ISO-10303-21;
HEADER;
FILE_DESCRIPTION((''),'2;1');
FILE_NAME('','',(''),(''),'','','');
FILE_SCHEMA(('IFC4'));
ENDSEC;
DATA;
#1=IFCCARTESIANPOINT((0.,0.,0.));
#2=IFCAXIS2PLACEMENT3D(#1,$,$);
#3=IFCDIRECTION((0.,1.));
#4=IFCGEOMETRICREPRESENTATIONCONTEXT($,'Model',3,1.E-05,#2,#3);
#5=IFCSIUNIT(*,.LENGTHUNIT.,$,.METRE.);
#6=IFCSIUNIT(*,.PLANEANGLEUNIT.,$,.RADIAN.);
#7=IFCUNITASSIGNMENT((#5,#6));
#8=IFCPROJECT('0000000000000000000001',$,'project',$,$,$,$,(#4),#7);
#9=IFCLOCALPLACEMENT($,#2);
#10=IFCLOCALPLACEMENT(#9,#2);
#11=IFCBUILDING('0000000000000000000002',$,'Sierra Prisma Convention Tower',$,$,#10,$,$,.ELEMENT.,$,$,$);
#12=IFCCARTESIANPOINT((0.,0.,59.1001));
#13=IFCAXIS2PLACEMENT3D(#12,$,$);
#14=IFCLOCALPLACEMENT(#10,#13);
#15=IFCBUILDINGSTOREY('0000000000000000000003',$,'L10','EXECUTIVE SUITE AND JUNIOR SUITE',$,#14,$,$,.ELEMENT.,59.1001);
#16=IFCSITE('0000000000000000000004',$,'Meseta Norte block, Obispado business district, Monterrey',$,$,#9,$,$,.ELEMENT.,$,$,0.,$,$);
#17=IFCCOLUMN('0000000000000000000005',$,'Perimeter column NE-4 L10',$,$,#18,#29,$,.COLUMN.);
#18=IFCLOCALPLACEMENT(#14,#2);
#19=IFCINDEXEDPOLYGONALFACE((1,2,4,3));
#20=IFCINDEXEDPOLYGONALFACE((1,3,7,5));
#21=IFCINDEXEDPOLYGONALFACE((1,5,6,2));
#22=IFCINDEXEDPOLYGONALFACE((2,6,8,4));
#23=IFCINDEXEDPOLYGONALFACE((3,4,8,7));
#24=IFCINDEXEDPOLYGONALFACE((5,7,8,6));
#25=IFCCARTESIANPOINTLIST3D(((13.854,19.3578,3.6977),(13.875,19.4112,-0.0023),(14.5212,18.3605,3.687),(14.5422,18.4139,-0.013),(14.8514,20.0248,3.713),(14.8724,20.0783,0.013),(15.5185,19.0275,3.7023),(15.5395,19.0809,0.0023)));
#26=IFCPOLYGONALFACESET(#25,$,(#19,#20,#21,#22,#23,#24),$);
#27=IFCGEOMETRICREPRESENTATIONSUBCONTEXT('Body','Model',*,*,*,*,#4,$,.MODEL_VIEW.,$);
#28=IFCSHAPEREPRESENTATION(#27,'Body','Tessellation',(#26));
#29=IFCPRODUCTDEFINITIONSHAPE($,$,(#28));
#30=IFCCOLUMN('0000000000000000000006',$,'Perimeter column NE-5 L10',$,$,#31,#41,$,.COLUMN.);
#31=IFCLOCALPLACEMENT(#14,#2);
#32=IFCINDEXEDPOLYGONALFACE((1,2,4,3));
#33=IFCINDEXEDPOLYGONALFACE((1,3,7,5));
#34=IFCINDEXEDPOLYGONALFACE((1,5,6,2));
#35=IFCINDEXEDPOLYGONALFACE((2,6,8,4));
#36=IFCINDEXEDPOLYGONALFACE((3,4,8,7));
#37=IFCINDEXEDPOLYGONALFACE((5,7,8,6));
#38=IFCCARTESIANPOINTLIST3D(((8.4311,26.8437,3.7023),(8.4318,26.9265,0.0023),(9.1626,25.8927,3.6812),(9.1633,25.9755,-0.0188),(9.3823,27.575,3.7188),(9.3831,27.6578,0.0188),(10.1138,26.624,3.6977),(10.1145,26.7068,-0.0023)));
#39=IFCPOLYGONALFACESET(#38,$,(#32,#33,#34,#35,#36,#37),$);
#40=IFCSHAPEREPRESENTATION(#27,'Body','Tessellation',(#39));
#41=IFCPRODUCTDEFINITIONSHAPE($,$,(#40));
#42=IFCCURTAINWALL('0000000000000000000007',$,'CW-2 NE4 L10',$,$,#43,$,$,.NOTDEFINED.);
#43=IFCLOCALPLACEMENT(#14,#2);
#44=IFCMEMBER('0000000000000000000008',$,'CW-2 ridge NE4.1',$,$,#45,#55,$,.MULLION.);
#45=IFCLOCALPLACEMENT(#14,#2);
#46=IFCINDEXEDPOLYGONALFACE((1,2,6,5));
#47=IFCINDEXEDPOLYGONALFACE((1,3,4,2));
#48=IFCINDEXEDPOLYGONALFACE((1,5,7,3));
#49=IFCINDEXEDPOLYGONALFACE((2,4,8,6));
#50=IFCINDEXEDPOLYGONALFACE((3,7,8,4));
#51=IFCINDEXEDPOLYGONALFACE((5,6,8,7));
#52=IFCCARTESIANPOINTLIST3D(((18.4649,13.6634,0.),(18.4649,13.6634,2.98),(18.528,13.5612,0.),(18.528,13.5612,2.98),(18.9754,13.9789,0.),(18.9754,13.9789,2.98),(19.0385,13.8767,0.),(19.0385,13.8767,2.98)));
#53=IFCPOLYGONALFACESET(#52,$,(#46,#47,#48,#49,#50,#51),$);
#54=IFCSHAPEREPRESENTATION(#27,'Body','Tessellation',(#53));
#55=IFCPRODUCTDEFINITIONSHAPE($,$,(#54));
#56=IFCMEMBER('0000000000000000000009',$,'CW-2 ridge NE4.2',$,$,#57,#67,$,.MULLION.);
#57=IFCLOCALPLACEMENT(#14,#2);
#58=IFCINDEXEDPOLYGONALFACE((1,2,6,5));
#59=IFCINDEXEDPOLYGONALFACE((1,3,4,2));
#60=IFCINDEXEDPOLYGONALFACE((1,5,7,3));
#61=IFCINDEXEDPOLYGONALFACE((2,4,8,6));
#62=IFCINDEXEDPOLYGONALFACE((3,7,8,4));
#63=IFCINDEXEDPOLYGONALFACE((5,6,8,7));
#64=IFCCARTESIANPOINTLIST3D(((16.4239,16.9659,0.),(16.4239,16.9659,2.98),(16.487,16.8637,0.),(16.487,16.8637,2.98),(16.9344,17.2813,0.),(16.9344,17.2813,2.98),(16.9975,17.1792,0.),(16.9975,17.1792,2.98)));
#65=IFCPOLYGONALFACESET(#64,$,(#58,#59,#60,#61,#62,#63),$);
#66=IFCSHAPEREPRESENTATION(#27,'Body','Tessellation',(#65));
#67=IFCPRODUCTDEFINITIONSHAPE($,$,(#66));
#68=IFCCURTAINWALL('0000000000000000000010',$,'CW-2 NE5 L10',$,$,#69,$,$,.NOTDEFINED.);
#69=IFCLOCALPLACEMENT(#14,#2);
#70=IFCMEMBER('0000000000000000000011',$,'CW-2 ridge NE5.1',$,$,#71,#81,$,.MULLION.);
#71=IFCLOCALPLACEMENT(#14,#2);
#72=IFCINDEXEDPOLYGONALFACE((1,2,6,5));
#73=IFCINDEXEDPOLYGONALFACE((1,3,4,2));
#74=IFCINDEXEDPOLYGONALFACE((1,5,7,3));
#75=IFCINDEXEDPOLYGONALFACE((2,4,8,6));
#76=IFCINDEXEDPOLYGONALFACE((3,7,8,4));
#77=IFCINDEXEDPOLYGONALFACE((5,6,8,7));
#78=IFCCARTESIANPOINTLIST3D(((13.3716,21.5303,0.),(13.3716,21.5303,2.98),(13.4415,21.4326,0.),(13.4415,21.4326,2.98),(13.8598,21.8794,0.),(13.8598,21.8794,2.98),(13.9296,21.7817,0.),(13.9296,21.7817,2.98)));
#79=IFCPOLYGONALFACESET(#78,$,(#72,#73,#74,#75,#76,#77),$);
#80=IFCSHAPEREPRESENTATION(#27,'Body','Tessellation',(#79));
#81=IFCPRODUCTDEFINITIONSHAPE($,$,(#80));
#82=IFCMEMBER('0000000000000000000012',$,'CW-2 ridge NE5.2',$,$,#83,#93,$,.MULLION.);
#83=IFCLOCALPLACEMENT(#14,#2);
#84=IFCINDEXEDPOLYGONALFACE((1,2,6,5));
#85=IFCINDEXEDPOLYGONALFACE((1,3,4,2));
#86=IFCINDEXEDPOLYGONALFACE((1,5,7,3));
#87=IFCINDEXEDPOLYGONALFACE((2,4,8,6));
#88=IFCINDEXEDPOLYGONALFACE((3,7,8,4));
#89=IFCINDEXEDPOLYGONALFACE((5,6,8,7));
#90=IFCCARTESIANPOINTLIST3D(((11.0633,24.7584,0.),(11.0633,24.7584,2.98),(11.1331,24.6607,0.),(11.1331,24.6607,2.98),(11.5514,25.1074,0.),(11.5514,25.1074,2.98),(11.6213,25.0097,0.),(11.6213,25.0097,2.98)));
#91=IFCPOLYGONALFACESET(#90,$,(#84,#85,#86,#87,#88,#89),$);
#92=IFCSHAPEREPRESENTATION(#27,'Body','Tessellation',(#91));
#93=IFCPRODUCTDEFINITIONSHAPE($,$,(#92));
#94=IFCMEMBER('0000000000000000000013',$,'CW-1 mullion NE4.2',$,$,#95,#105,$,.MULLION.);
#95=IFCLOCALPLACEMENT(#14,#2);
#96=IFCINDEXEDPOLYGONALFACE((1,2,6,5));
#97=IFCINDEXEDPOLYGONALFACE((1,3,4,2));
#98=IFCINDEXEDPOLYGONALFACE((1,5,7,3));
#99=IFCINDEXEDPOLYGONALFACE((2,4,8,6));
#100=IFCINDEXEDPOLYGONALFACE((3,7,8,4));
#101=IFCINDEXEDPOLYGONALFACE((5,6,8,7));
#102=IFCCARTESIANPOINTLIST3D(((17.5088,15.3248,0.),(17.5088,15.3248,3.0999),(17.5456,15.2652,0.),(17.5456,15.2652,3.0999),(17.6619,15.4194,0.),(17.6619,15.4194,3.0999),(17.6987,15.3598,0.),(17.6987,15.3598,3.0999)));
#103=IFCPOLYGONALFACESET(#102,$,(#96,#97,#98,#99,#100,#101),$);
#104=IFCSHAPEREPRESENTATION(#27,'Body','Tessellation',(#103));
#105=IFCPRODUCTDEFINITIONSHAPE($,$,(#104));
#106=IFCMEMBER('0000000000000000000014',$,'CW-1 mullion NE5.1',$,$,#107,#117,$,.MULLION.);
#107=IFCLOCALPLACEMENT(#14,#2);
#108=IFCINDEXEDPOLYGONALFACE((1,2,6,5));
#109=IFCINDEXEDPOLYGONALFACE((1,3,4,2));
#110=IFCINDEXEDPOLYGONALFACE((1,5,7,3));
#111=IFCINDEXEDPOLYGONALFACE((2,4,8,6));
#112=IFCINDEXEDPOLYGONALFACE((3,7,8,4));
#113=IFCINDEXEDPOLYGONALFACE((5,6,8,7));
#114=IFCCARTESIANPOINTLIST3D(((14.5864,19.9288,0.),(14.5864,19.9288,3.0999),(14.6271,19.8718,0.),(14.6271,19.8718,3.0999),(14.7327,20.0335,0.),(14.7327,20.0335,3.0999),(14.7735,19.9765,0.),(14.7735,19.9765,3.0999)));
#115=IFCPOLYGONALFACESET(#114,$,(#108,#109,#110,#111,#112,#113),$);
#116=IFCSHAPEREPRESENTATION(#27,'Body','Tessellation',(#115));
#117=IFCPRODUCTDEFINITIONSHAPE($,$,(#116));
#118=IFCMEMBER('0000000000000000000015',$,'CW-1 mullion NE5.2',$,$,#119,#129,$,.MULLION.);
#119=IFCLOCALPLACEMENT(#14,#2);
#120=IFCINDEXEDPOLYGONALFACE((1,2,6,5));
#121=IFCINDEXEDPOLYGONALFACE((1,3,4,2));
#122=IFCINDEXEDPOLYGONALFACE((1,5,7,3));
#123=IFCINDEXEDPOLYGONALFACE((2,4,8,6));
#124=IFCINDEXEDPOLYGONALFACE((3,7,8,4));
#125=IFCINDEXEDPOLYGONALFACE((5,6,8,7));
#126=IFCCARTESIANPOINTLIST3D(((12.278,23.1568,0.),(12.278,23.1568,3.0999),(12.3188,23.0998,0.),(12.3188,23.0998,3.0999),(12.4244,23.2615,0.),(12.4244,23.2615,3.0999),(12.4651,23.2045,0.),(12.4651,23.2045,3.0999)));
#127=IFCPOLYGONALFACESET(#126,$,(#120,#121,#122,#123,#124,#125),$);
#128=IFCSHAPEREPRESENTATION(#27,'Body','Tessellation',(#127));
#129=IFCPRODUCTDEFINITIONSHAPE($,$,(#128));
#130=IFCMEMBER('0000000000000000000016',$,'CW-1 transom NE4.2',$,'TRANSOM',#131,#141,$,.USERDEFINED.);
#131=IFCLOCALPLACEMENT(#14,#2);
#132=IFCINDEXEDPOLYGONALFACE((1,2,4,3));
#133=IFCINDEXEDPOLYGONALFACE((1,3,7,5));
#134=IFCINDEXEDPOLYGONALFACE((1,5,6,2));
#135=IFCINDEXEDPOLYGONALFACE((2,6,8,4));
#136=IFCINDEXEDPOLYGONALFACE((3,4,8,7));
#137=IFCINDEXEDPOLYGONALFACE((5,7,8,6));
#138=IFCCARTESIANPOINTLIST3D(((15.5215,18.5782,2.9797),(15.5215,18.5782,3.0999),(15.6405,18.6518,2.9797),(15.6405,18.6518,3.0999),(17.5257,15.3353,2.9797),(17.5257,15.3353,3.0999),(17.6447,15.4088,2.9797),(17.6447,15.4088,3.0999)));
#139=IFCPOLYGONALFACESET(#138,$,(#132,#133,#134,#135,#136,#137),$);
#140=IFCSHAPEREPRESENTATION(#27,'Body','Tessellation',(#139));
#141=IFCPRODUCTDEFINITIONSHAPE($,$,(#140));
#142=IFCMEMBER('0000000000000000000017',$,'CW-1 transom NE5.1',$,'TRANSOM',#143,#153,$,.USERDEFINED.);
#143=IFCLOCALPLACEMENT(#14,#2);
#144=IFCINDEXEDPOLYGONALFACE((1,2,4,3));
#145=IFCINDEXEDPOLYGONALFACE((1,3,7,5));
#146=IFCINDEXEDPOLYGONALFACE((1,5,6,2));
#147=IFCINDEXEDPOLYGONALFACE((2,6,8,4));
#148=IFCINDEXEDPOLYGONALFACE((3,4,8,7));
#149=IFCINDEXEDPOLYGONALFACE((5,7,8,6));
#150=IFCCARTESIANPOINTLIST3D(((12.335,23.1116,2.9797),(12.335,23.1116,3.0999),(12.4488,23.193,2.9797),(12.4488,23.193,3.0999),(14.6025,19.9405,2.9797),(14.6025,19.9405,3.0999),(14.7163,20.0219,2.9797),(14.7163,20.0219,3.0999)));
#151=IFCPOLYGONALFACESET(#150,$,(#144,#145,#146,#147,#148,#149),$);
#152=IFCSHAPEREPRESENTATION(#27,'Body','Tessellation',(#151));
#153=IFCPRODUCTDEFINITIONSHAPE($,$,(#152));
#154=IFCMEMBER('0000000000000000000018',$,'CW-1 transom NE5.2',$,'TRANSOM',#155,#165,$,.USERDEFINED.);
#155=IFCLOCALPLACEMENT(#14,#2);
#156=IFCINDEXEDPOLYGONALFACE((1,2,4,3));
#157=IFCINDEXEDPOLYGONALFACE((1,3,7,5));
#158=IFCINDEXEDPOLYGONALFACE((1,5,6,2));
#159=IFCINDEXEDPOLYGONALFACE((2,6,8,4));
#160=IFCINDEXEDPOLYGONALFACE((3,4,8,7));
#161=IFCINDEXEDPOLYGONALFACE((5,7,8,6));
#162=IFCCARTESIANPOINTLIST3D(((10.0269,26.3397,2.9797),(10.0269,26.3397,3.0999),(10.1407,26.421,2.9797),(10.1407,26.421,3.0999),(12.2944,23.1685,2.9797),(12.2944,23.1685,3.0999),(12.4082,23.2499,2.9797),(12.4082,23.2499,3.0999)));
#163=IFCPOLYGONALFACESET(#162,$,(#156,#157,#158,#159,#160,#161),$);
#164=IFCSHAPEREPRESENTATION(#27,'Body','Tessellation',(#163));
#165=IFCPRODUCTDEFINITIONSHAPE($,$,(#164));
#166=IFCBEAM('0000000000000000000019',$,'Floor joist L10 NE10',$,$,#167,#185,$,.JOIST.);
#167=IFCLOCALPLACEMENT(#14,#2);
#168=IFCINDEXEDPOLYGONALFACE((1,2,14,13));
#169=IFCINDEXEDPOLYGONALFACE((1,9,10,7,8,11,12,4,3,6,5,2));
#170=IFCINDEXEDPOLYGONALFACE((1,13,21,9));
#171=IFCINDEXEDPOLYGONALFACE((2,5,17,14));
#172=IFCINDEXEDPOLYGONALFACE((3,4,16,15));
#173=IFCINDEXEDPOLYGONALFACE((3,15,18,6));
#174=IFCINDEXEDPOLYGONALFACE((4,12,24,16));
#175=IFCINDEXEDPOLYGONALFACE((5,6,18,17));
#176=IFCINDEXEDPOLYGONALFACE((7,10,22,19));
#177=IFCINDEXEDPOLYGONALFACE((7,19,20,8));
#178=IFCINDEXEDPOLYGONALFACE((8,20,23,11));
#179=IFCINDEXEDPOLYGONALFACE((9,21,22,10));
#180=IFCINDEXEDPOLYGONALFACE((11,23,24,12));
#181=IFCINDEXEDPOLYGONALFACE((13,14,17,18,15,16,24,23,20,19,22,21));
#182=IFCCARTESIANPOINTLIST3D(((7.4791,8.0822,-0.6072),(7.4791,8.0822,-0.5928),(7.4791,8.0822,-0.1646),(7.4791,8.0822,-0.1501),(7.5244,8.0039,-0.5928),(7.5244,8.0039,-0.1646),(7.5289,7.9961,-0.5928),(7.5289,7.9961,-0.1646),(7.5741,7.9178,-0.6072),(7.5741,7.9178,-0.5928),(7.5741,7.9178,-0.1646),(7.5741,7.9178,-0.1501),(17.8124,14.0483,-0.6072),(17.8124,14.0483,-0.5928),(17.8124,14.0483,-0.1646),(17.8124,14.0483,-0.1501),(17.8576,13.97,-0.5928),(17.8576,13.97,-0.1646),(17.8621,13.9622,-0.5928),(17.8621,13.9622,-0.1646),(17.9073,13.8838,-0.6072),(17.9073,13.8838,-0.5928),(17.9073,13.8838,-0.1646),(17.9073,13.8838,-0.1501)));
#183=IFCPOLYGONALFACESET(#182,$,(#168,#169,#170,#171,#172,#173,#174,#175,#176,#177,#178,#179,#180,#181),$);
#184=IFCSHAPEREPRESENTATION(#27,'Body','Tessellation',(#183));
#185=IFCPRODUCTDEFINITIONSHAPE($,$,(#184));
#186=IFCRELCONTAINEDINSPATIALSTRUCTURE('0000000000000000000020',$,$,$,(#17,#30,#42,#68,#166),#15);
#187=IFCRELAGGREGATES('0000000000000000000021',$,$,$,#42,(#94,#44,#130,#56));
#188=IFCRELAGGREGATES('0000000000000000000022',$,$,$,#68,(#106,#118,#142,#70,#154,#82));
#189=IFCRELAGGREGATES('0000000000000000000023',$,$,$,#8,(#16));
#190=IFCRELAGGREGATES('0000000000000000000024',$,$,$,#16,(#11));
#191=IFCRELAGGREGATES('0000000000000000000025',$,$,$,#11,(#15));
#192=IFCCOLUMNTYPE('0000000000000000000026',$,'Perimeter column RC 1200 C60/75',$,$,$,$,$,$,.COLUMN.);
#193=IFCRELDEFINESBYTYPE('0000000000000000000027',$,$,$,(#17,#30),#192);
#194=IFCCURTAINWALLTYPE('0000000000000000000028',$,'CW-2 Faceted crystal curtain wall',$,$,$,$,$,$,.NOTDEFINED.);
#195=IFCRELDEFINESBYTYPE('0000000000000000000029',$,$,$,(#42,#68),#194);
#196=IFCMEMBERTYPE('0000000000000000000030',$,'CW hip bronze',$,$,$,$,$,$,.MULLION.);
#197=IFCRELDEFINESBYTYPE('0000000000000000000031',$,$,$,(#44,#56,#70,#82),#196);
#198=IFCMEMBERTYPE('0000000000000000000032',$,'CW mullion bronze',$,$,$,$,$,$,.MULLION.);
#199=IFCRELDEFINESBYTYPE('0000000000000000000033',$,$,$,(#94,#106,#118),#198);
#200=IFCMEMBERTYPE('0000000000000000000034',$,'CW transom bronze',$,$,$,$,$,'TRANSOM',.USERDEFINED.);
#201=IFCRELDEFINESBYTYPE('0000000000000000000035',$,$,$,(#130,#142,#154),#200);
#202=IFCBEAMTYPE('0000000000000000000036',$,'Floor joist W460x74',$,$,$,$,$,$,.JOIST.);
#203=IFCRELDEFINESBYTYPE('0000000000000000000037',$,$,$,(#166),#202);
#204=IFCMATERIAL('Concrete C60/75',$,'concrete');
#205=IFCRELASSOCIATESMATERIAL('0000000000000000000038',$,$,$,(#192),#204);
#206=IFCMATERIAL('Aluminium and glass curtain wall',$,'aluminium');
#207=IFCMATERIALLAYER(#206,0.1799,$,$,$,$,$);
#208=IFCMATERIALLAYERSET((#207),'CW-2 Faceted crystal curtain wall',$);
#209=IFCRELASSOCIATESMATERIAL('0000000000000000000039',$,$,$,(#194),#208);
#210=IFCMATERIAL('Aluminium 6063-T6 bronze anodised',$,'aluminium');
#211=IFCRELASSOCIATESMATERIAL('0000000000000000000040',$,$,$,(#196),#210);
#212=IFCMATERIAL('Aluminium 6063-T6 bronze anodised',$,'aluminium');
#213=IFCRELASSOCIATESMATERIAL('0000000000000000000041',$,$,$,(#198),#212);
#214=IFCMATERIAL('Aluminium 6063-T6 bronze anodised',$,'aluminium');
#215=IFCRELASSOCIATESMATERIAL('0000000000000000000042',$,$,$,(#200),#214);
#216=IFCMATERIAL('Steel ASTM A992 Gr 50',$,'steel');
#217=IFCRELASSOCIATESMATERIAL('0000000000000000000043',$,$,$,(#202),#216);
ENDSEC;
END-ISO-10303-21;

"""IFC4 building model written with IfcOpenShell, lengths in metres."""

from ifc_helpers import new_model, si_unit, direction, frame, origin, origin_2d, place, context, subcontext, project, spatial, rectangle, i_section, extrude, material, layer, layer_set, material_profile, profile_set, type_object, element, aggregate, save


model = new_model("IFC4")

# Units and contexts
model_context = context("Model", 3, precision=1e-05, world=origin(), true_north=direction((0.0, 1.0)))
body_context = subcontext(model_context, "Body", "Model", "MODEL_VIEW")
ifc_project = project(units=[si_unit("LENGTHUNIT", "METRE"), si_unit("PLANEANGLEUNIT", "RADIAN")], contexts=[model_context])

# Site, building, storey
site_placement = place(None, origin())
site = spatial("IfcSite", under=ifc_project, at=site_placement, Name="Meseta Norte block, Obispado business district, Monterrey", CompositionType="ELEMENT", RefElevation=0.0)
building_placement = place(site_placement, origin())
building = spatial("IfcBuilding", under=site, at=building_placement, Name="Sierra Prisma Convention Tower", CompositionType="ELEMENT")
storey_placement = place(building_placement, frame((0.0, 0.0, 59.1001)))
storey = spatial("IfcBuildingStorey", under=building, at=storey_placement, Name="L10", Description="EXECUTIVE SUITE AND JUNIOR SUITE", CompositionType="ELEMENT", Elevation=59.1001)

# Columns
ifc_material_1 = material(Name="Concrete C60/75", Category="concrete")
ifc_material_profile_1 = material_profile(ifc_material_1, rectangle(XDim=1.2, YDim=1.2, at=origin_2d()), Name="Perimeter column RC 1200 C60/75")
ifc_profile_set_1 = profile_set([ifc_material_profile_1], Name="Concrete C60/75")
column_type = type_object("IfcColumnType", Name="Perimeter column RC 1200 C60/75", PredefinedType="COLUMN", material=ifc_profile_set_1)
column_1_placement = place(storey_placement, frame((14.7073, 19.2461, 0.0), z_axis=(-0.005674, -0.014449, 0.99988), x_axis=(-0.555995, 0.831138, 0.008855)))
element("IfcColumn", 1, at=column_1_placement, inside=storey, type_object=column_type, Name="Perimeter column NE-4 L10", PredefinedType="COLUMN", context=body_context, shape_type="SweptSolid", body=[
    extrude(rectangle(XDim=1.2, YDim=1.2, at=origin_2d()), origin(), (0.0, 0.0, 1.0), 3.7004),
])
column_2_placement = place(storey_placement, frame((9.2732, 26.8167, 0.0), z_axis=(-0.000198, -0.022363, 0.99975), x_axis=(-0.60959, 0.792521, 0.017607)))
element("IfcColumn", 2, at=column_2_placement, inside=storey, type_object=column_type, Name="Perimeter column NE-5 L10", PredefinedType="COLUMN", context=body_context, shape_type="SweptSolid", body=[
    extrude(rectangle(XDim=1.2, YDim=1.2, at=origin_2d()), origin(), (0.0, 0.0, 1.0), 3.7009),
])

# Curtain walls, members
ifc_material_2 = material(Name="Aluminium and glass curtain wall", Category="aluminium")
ifc_layer_1 = layer(ifc_material_2, 0.1799)
ifc_layer_set_1 = layer_set([ifc_layer_1], Name="CW-2 Faceted crystal curtain wall")
curtain_wall_type = type_object("IfcCurtainWallType", Name="CW-2 Faceted crystal curtain wall", PredefinedType="NOTDEFINED", material=ifc_layer_set_1)
curtain_wall_1_placement = place(storey_placement, origin())
curtain_wall_1 = element("IfcCurtainWall", 3, at=curtain_wall_1_placement, inside=storey, type_object=curtain_wall_type, Name="CW-2 NE4 L10", PredefinedType="NOTDEFINED")
ifc_material_3 = material(Name="Aluminium 6063-T6 bronze anodised", Category="aluminium")
ifc_material_profile_2 = material_profile(ifc_material_3, rectangle(XDim=0.1201, YDim=0.6001, at=origin_2d()), Name="ALU RIDGE BLADE 120x600")
ifc_profile_set_2 = profile_set([ifc_material_profile_2], Name="Aluminium 6063-T6 bronze anodised")
member_type_1 = type_object("IfcMemberType", Name="CW hip bronze", PredefinedType="MULLION", material=ifc_profile_set_2)
member_1_placement = place(storey_placement, frame((18.7517, 13.77, 0.0), z_axis=(0.0, 0.0, 1.0), x_axis=(-0.525734, 0.850649, 0.0)))
member_1 = element("IfcMember", 4, at=member_1_placement, type_object=member_type_1, Name="CW-2 ridge NE4.1", PredefinedType="MULLION", context=body_context, shape_type="SweptSolid", body=[
    extrude(rectangle(XDim=0.1201, YDim=0.6001, at=origin_2d()), origin(), (0.0, 0.0, 1.0), 2.98),
])
member_2_placement = place(storey_placement, frame((16.7107, 17.0725, 0.0), z_axis=(0.0, 0.0, 1.0), x_axis=(-0.525734, 0.850649, 0.0)))
member_2 = element("IfcMember", 5, at=member_2_placement, type_object=member_type_1, Name="CW-2 ridge NE4.2", PredefinedType="MULLION", context=body_context, shape_type="SweptSolid", body=[
    extrude(rectangle(XDim=0.1201, YDim=0.6001, at=origin_2d()), origin(), (0.0, 0.0, 1.0), 2.98),
])
curtain_wall_2_placement = place(storey_placement, origin())
curtain_wall_2 = element("IfcCurtainWall", 6, at=curtain_wall_2_placement, inside=storey, type_object=curtain_wall_type, Name="CW-2 NE5 L10", PredefinedType="NOTDEFINED")
member_3_placement = place(storey_placement, frame((13.6506, 21.656, 0.0), z_axis=(0.0, 0.0, 1.0), x_axis=(-0.581648, 0.813441, 0.0)))
member_3 = element("IfcMember", 7, at=member_3_placement, type_object=member_type_1, Name="CW-2 ridge NE5.1", PredefinedType="MULLION", context=body_context, shape_type="SweptSolid", body=[
    extrude(rectangle(XDim=0.1201, YDim=0.6001, at=origin_2d()), origin(), (0.0, 0.0, 1.0), 2.98),
])
member_4_placement = place(storey_placement, frame((11.3423, 24.884, 0.0), z_axis=(0.0, 0.0, 1.0), x_axis=(-0.581648, 0.813441, 0.0)))
member_4 = element("IfcMember", 8, at=member_4_placement, type_object=member_type_1, Name="CW-2 ridge NE5.2", PredefinedType="MULLION", context=body_context, shape_type="SweptSolid", body=[
    extrude(rectangle(XDim=0.1201, YDim=0.6001, at=origin_2d()), origin(), (0.0, 0.0, 1.0), 2.98),
])

# Members
ifc_material_4 = material(Name="Aluminium 6063-T6 bronze anodised", Category="aluminium")
ifc_material_profile_3 = material_profile(ifc_material_4, rectangle(XDim=0.1799, YDim=0.0701, at=origin_2d()), Name="ALU MULLION 70x180")
ifc_profile_set_3 = profile_set([ifc_material_profile_3], Name="Aluminium 6063-T6 bronze anodised")
member_type_2 = type_object("IfcMemberType", Name="CW mullion bronze", PredefinedType="MULLION", material=ifc_profile_set_3)
member_5_placement = place(storey_placement, frame((17.6038, 15.3423, 0.0), z_axis=(0.0, 0.0, 1.0), x_axis=(-0.850649, -0.525734, 0.0)))
member_5 = element("IfcMember", 9, at=member_5_placement, type_object=member_type_2, Name="CW-1 mullion NE4.2", PredefinedType="MULLION", context=body_context, shape_type="SweptSolid", body=[
    extrude(rectangle(XDim=0.1799, YDim=0.0701, at=origin_2d()), origin(), (0.0, 0.0, 1.0), 3.0999),
])
member_6_placement = place(storey_placement, frame((14.6799, 19.9526, 0.0), z_axis=(0.0, 0.0, 1.0), x_axis=(-0.813441, -0.581648, 0.0)))
member_6 = element("IfcMember", 10, at=member_6_placement, type_object=member_type_2, Name="CW-1 mullion NE5.1", PredefinedType="MULLION", context=body_context, shape_type="SweptSolid", body=[
    extrude(rectangle(XDim=0.1799, YDim=0.0701, at=origin_2d()), origin(), (0.0, 0.0, 1.0), 3.0999),
])
member_7_placement = place(storey_placement, frame((12.3716, 23.1807, 0.0), z_axis=(0.0, 0.0, 1.0), x_axis=(-0.813441, -0.581648, 0.0)))
member_7 = element("IfcMember", 11, at=member_7_placement, type_object=member_type_2, Name="CW-1 mullion NE5.2", PredefinedType="MULLION", context=body_context, shape_type="SweptSolid", body=[
    extrude(rectangle(XDim=0.1799, YDim=0.0701, at=origin_2d()), origin(), (0.0, 0.0, 1.0), 3.0999),
])
ifc_material_5 = material(Name="Aluminium 6063-T6 bronze anodised", Category="aluminium")
ifc_material_profile_4 = material_profile(ifc_material_5, rectangle(XDim=0.1399, YDim=0.1201, at=origin_2d()), Name="ALU TRANSOM 120x140")
ifc_profile_set_4 = profile_set([ifc_material_profile_4], Name="Aluminium 6063-T6 bronze anodised")
member_type_3 = type_object("IfcMemberType", Name="CW transom bronze", ElementType="TRANSOM", PredefinedType="USERDEFINED", material=ifc_profile_set_4)
member_8_placement = place(storey_placement, frame((17.5852, 15.3721, 3.0398), z_axis=(-0.525715, 0.850661, 0.0), x_axis=(-0.850661, -0.525715, 0.0)))
member_8 = element("IfcMember", 12, at=member_8_placement, type_object=member_type_3, Name="CW-1 transom NE4.2", ObjectType="TRANSOM", PredefinedType="USERDEFINED", context=body_context, shape_type="SweptSolid", body=[
    extrude(rectangle(XDim=0.1399, YDim=0.1201, at=origin_2d()), origin(), (0.0, 0.0, 1.0), 3.8123),
])
member_9_placement = place(storey_placement, frame((14.6594, 19.9812, 3.0398), z_axis=(-0.581659, 0.813433, 0.0), x_axis=(-0.813433, -0.581659, 0.0)))
member_9 = element("IfcMember", 13, at=member_9_placement, type_object=member_type_3, Name="CW-1 transom NE5.1", ObjectType="TRANSOM", PredefinedType="USERDEFINED", context=body_context, shape_type="SweptSolid", body=[
    extrude(rectangle(XDim=0.1399, YDim=0.1201, at=origin_2d()), origin(), (0.0, 0.0, 1.0), 3.8984),
])
member_10_placement = place(storey_placement, frame((12.3513, 23.2092, 3.0398), z_axis=(-0.581659, 0.813433, 0.0), x_axis=(-0.813433, -0.581659, 0.0)))
member_10 = element("IfcMember", 14, at=member_10_placement, type_object=member_type_3, Name="CW-1 transom NE5.2", ObjectType="TRANSOM", PredefinedType="USERDEFINED", context=body_context, shape_type="SweptSolid", body=[
    extrude(rectangle(XDim=0.1399, YDim=0.1201, at=origin_2d()), origin(), (0.0, 0.0, 1.0), 3.8984),
])

# Beam
ifc_material_6 = material(Name="Steel ASTM A992 Gr 50", Category="steel")
ifc_material_profile_5 = material_profile(ifc_material_6, i_section(OverallWidth=0.1899, OverallDepth=0.457, WebThickness=0.009, FlangeThickness=0.0144, at=origin_2d()), Name="W460x74")
ifc_profile_set_5 = profile_set([ifc_material_profile_5], Name="Steel ASTM A992 Gr 50")
beam_type_1 = type_object("IfcBeamType", Name="Floor joist W460x74", PredefinedType="JOIST", material=ifc_profile_set_5)
beam_1_placement = place(storey_placement, frame((17.8599, 13.9661, -0.3787), z_axis=(-0.86602, -0.50001, 0.0), x_axis=(0.50001, -0.86602, 0.0)))
element("IfcBeam", 15, at=beam_1_placement, inside=storey, type_object=beam_type_1, Name="Floor joist L10 NE10", PredefinedType="JOIST", context=body_context, shape_type="SweptSolid", body=[
    extrude(i_section(OverallWidth=0.1899, OverallDepth=0.457, WebThickness=0.009, FlangeThickness=0.0144, at=origin_2d()), origin(), (0.0, 0.0, 1.0), 11.9319),
])

aggregate(curtain_wall_1, [member_5, member_1, member_8, member_2])
aggregate(curtain_wall_2, [member_6, member_7, member_9, member_3, member_10, member_4])

save(model, "model.ifc")
